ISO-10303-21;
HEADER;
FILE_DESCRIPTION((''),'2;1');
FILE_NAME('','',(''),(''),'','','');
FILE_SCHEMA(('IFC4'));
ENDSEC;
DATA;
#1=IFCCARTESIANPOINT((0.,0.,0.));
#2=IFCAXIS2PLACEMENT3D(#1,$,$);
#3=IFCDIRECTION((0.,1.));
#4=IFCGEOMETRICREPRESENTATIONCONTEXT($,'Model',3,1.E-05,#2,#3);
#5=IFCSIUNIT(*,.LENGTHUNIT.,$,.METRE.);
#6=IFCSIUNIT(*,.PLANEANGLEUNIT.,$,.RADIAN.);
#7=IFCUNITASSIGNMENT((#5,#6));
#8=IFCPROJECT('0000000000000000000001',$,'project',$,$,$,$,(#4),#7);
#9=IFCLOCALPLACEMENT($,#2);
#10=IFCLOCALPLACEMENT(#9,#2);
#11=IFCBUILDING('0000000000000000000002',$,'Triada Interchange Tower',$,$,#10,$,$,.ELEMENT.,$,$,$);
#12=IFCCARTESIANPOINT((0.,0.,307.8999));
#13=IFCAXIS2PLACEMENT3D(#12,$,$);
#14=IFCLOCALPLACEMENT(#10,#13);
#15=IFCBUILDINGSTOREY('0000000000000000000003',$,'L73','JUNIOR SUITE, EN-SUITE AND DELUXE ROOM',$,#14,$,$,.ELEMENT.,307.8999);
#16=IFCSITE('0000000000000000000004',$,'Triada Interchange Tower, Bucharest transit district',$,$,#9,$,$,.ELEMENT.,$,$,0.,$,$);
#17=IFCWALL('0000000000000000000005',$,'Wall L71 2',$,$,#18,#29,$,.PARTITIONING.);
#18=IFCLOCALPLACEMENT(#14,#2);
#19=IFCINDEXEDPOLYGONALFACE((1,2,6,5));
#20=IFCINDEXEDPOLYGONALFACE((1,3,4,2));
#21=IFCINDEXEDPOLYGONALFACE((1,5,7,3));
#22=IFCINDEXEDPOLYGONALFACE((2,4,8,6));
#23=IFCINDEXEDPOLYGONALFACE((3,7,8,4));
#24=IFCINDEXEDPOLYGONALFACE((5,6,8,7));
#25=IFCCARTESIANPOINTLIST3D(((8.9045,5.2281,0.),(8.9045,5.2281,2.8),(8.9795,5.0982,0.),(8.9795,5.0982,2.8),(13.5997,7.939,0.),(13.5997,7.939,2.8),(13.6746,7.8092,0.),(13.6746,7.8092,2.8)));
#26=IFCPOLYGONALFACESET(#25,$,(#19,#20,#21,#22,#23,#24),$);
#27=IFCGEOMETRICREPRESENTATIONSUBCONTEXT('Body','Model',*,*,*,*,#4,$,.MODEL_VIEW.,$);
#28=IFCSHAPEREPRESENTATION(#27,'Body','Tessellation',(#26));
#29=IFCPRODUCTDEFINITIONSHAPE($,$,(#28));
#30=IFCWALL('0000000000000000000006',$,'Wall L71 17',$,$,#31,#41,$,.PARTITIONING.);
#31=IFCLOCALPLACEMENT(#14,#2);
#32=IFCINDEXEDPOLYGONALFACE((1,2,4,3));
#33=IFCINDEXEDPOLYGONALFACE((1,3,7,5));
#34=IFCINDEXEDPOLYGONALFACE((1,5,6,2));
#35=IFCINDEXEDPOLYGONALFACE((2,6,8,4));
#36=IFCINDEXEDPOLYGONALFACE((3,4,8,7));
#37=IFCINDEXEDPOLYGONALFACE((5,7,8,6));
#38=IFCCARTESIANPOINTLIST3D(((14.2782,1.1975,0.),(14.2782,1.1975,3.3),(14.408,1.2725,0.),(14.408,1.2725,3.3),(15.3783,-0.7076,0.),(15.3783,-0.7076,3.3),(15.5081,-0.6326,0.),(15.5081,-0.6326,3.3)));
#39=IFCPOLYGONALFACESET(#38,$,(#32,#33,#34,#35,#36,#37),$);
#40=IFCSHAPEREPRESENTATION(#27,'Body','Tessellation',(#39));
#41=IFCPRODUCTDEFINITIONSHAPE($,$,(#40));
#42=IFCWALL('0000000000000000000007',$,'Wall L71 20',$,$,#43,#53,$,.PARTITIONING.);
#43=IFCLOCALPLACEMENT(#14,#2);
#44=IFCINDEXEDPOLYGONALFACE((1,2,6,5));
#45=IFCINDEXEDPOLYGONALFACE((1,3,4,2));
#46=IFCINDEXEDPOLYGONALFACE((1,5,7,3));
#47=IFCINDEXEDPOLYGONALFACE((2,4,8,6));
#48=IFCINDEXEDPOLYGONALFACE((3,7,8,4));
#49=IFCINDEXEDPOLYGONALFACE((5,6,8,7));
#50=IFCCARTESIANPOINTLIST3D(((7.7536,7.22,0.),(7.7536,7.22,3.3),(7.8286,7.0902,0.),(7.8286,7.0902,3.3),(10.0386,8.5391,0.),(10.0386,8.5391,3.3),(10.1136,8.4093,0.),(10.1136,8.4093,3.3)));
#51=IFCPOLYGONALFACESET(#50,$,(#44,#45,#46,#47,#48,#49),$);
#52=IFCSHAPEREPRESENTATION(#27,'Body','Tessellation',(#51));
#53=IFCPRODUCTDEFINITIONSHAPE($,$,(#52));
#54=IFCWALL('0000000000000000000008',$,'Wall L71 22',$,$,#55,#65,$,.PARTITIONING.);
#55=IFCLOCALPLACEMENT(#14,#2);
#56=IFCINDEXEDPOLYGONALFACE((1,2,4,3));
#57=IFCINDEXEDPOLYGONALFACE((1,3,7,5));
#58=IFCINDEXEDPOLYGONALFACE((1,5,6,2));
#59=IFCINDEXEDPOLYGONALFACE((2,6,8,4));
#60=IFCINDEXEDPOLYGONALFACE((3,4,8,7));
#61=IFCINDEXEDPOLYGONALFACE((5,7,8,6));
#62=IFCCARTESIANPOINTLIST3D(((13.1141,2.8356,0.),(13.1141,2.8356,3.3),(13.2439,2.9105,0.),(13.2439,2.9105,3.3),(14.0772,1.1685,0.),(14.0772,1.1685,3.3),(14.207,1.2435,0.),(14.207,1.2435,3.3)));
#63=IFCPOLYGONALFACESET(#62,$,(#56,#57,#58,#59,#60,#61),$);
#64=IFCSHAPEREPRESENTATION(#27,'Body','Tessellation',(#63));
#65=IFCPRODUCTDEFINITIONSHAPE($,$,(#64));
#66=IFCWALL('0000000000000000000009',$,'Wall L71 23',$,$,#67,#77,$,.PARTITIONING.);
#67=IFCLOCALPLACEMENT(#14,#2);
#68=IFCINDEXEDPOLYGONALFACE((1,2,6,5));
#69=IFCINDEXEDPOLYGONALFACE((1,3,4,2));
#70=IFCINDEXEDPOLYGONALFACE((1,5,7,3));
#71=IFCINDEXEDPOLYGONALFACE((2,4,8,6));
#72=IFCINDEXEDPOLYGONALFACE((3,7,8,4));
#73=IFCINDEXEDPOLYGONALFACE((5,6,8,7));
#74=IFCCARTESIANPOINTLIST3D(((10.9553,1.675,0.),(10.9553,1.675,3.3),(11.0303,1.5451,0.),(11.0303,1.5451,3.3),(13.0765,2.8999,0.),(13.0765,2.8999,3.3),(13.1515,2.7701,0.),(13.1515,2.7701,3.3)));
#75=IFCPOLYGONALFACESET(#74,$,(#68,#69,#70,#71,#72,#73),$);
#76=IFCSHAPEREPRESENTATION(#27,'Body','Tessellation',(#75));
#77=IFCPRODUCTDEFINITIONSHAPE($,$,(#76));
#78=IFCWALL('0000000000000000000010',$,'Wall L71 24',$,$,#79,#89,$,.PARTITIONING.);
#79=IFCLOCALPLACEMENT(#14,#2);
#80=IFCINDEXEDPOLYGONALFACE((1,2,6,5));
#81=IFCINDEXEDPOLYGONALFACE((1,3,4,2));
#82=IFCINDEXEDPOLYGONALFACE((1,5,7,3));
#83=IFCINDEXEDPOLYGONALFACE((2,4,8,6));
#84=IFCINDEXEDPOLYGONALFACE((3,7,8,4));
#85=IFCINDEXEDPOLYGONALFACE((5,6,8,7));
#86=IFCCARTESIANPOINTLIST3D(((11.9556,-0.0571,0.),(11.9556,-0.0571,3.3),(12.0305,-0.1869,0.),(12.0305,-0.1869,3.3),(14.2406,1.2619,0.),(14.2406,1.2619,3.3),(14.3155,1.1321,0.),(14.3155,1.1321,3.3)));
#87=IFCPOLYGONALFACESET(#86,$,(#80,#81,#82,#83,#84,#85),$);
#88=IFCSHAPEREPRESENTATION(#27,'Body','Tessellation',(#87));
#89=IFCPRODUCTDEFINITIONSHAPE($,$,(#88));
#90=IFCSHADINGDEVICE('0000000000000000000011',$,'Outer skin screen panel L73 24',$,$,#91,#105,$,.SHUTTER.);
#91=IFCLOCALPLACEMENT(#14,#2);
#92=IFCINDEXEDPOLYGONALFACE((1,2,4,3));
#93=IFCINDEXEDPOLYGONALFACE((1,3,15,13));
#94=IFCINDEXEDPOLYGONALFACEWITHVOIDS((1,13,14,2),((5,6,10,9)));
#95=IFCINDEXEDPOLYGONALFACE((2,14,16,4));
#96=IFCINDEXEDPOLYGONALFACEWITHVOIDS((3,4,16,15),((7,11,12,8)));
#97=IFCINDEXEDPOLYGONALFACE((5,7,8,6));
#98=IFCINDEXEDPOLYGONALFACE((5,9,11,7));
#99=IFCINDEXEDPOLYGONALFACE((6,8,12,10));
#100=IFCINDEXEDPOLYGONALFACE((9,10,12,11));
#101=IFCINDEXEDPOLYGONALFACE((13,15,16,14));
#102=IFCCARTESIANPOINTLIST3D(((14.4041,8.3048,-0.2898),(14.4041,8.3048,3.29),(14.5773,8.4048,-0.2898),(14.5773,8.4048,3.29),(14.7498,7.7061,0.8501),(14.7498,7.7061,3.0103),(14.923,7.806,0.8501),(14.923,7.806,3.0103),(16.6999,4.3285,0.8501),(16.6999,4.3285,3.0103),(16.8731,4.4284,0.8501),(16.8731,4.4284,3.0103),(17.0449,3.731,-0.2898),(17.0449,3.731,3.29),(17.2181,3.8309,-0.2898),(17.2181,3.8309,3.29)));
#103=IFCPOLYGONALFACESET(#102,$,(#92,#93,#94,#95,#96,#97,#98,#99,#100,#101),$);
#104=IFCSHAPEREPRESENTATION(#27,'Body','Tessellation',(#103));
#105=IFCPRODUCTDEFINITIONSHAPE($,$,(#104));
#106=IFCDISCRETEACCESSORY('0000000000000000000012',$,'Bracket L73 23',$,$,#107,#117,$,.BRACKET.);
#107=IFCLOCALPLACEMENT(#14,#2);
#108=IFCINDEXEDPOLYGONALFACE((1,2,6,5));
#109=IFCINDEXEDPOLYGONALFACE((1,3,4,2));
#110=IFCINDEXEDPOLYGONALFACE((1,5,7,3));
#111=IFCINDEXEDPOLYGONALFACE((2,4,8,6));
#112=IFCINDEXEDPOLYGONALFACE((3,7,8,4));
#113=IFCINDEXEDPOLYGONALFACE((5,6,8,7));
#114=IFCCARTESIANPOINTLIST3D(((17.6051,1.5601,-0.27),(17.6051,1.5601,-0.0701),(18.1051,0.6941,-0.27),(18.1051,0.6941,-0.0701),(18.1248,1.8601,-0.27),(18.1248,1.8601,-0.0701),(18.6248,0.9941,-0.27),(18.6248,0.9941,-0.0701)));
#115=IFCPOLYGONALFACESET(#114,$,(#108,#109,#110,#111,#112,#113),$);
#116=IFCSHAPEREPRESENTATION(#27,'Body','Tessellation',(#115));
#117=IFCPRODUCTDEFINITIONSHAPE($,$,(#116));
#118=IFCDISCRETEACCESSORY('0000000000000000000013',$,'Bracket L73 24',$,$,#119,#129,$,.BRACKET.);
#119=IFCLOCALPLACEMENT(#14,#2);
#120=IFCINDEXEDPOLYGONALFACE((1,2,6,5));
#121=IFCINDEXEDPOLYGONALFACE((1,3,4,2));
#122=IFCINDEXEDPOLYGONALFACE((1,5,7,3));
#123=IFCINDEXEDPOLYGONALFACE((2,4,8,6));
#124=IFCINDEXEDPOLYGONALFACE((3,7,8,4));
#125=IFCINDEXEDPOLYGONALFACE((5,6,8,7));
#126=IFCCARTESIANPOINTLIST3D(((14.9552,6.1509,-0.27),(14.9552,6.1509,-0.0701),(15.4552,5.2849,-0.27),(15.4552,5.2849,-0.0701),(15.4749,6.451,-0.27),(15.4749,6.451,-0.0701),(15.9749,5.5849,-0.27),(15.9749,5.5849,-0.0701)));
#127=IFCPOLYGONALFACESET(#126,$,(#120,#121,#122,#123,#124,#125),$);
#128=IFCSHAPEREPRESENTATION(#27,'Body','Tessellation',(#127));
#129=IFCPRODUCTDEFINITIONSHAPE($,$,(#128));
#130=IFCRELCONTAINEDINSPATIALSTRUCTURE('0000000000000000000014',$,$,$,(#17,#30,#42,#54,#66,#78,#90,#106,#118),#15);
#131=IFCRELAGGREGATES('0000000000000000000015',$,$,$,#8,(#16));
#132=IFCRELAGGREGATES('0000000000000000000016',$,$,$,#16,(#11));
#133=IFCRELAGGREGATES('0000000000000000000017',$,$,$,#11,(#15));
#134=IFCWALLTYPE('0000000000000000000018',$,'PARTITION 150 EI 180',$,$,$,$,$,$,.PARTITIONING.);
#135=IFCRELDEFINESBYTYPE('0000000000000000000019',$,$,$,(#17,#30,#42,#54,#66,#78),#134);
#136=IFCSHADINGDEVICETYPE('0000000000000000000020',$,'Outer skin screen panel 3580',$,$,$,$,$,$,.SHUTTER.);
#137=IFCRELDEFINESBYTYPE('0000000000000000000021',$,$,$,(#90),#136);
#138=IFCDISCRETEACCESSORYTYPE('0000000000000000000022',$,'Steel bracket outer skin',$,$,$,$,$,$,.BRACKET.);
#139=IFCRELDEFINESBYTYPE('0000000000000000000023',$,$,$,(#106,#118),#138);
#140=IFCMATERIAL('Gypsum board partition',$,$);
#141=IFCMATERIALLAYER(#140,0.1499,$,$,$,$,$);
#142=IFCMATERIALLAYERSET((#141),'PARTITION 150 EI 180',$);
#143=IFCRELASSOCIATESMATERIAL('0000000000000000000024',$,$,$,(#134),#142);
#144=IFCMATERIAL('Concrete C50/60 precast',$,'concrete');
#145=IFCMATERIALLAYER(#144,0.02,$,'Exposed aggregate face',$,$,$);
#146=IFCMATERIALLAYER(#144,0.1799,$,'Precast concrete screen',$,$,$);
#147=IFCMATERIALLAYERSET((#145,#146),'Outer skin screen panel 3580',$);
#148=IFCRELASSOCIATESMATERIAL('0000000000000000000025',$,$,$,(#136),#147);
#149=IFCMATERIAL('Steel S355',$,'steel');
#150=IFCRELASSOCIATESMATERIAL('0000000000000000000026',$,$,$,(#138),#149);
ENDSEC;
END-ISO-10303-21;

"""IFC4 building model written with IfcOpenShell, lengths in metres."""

from ifc_helpers import new_model, si_unit, direction, frame, frame_2d, origin, origin_2d, place, context, subcontext, project, spatial, polyline, rectangle, outline, extrude, material, layer, layer_set, type_object, element, save


model = new_model("IFC4")

# Units and contexts
model_context = context("Model", 3, precision=1e-05, world=origin(), true_north=direction((0.0, 1.0)))
body_context = subcontext(model_context, "Body", "Model", "MODEL_VIEW")
ifc_project = project(units=[si_unit("LENGTHUNIT", "METRE"), si_unit("PLANEANGLEUNIT", "RADIAN")], contexts=[model_context])

# Site, building, storey
site_placement = place(None, origin())
site = spatial("IfcSite", under=ifc_project, at=site_placement, Name="Triada Interchange Tower, Bucharest transit district", CompositionType="ELEMENT", RefElevation=0.0)
building_placement = place(site_placement, origin())
building = spatial("IfcBuilding", under=site, at=building_placement, Name="Triada Interchange Tower", CompositionType="ELEMENT")
storey_placement = place(building_placement, frame((0.0, 0.0, 307.8999)))
storey = spatial("IfcBuildingStorey", under=building, at=storey_placement, Name="L73", Description="JUNIOR SUITE, EN-SUITE AND DELUXE ROOM", CompositionType="ELEMENT", Elevation=307.8999)

# Walls
ifc_material_1 = material(Name="Gypsum board partition")
ifc_layer_1 = layer(ifc_material_1, 0.1499)
ifc_layer_set_1 = layer_set([ifc_layer_1], Name="PARTITION 150 EI 180")
wall_type_1 = type_object("IfcWallType", Name="PARTITION 150 EI 180", PredefinedType="PARTITIONING", material=ifc_layer_set_1)
wall_1_placement = place(storey_placement, frame((8.9419, 5.1631, 0.0), z_axis=(0.0, 0.0, 1.0), x_axis=(0.866006, 0.500033, 0.0)))
element("IfcWall", 1, at=wall_1_placement, inside=storey, type_object=wall_type_1, Name="Wall L71 2", PredefinedType="PARTITIONING", context=body_context, shape_type="SweptSolid", body=[
    extrude(rectangle(XDim=5.4216, YDim=0.1499, at=frame_2d((2.7109, 0.0))), origin(), (0.0, 0.0, 1.0), 2.8),
])
wall_2_placement = place(storey_placement, frame((14.343, 1.2351, 0.0), z_axis=(0.0, 0.0, 1.0), x_axis=(0.500078, -0.86598, 0.0)))
element("IfcWall", 2, at=wall_2_placement, inside=storey, type_object=wall_type_1, Name="Wall L71 17", PredefinedType="PARTITIONING", context=body_context, shape_type="SweptSolid", body=[
    extrude(rectangle(XDim=2.2, YDim=0.1499, at=frame_2d((1.1001, 0.0))), origin(), (0.0, 0.0, 1.0), 3.3),
])
wall_3_placement = place(storey_placement, frame((7.791, 7.155, 0.0), z_axis=(0.0, 0.0, 1.0), x_axis=(0.866042, 0.499971, 0.0)))
element("IfcWall", 3, at=wall_3_placement, inside=storey, type_object=wall_type_1, Name="Wall L71 20", PredefinedType="PARTITIONING", context=body_context, shape_type="SweptSolid", body=[
    extrude(rectangle(XDim=2.6384, YDim=0.1499, at=frame_2d((1.3193, 0.0))), origin(), (0.0, 0.0, 1.0), 3.3),
])
wall_4_placement = place(storey_placement, frame((13.179, 2.873, 0.0), z_axis=(0.0, 0.0, 1.0), x_axis=(0.500271, -0.865869, 0.0)))
element("IfcWall", 4, at=wall_4_placement, inside=storey, type_object=wall_type_1, Name="Wall L71 22", PredefinedType="PARTITIONING", context=body_context, shape_type="SweptSolid", body=[
    extrude(rectangle(XDim=1.9253, YDim=0.1499, at=frame_2d((0.9626, 0.0))), origin(), (0.0, 0.0, 1.0), 3.3),
])
wall_5_placement = place(storey_placement, frame((10.9929, 1.6101, 0.0), z_axis=(0.0, 0.0, 1.0), x_axis=(0.865983, 0.500073, 0.0)))
element("IfcWall", 5, at=wall_5_placement, inside=storey, type_object=wall_type_1, Name="Wall L71 23", PredefinedType="PARTITIONING", context=body_context, shape_type="SweptSolid", body=[
    extrude(rectangle(XDim=2.4495, YDim=0.1499, at=frame_2d((1.2246, 0.0))), origin(), (0.0, 0.0, 1.0), 3.3),
])
wall_6_placement = place(storey_placement, frame((11.9929, -0.1221, 0.0), z_axis=(0.0, 0.0, 1.0), x_axis=(0.866065, 0.499931, 0.0)))
element("IfcWall", 6, at=wall_6_placement, inside=storey, type_object=wall_type_1, Name="Wall L71 24", PredefinedType="PARTITIONING", context=body_context, shape_type="SweptSolid", body=[
    extrude(rectangle(XDim=2.6384, YDim=0.1499, at=frame_2d((1.3193, 0.0))), origin(), (0.0, 0.0, 1.0), 3.3),
])

# Shading device
ifc_material_2 = material(Name="Concrete C50/60 precast", Category="concrete")
ifc_layer_2 = layer(ifc_material_2, 0.02, Name="Exposed aggregate face")
ifc_layer_3 = layer(ifc_material_2, 0.1799, Name="Precast concrete screen")
ifc_layer_set_2 = layer_set([ifc_layer_2, ifc_layer_3], Name="Outer skin screen panel 3580")
shading_device_type = type_object("IfcShadingDeviceType", Name="Outer skin screen panel 3580", PredefinedType="SHUTTER", material=ifc_layer_set_2)
shading_device_placement = place(storey_placement, frame((17.0449, 3.731, -0.2898), z_axis=(0.0, 0.0, 1.0), x_axis=(-0.500012, 0.866019, 0.0)))
element("IfcShadingDevice", 7, at=shading_device_placement, inside=storey, type_object=shading_device_type, Name="Outer skin screen panel L73 24", PredefinedType="SHUTTER", context=body_context, shape_type="SweptSolid", body=[
    extrude(outline(polyline([(0.0, 0.0), (5.2815, 0.0), (5.2815, 3.5798), (0.0, 3.5798), (0.0, 0.0)]), holes=[polyline([(0.6899, 1.1399), (0.6899, 3.3), (4.5901, 3.3), (4.5901, 1.1399), (0.6899, 1.1399)])]), frame((0.0, 0.0, 0.0), z_axis=(0.0, -1.0, 0.0), x_axis=(1.0, 0.0, 0.0)), (0.0, 0.0, 1.0), 0.2),
])

# Discrete accessories
ifc_material_3 = material(Name="Steel S355", Category="steel")
discrete_accessory_type = type_object("IfcDiscreteAccessoryType", Name="Steel bracket outer skin", PredefinedType="BRACKET", material=ifc_material_3)
for number, where, z_axis, x_axis, name in (
    (8, (18.115, 1.2771, -0.27), (0.0, 0.0, 1.0), (0.866027, 0.499997, 0.0), "Bracket L73 23"),
    (9, (15.4651, 5.8679, -0.27), (0.0, 0.0, 1.0), (0.866027, 0.499997, 0.0), "Bracket L73 24"),
):
    element("IfcDiscreteAccessory", number, at=place(storey_placement, frame(where, z_axis=z_axis, x_axis=x_axis)), inside=storey, type_object=discrete_accessory_type, Name=name, PredefinedType="BRACKET", context=body_context, shape_type="SweptSolid", body=[
        extrude(rectangle(XDim=0.6001, YDim=1.0, at=origin_2d()), origin(), (0.0, 0.0, 1.0), 0.2),
    ])

save(model, "model.ifc")
